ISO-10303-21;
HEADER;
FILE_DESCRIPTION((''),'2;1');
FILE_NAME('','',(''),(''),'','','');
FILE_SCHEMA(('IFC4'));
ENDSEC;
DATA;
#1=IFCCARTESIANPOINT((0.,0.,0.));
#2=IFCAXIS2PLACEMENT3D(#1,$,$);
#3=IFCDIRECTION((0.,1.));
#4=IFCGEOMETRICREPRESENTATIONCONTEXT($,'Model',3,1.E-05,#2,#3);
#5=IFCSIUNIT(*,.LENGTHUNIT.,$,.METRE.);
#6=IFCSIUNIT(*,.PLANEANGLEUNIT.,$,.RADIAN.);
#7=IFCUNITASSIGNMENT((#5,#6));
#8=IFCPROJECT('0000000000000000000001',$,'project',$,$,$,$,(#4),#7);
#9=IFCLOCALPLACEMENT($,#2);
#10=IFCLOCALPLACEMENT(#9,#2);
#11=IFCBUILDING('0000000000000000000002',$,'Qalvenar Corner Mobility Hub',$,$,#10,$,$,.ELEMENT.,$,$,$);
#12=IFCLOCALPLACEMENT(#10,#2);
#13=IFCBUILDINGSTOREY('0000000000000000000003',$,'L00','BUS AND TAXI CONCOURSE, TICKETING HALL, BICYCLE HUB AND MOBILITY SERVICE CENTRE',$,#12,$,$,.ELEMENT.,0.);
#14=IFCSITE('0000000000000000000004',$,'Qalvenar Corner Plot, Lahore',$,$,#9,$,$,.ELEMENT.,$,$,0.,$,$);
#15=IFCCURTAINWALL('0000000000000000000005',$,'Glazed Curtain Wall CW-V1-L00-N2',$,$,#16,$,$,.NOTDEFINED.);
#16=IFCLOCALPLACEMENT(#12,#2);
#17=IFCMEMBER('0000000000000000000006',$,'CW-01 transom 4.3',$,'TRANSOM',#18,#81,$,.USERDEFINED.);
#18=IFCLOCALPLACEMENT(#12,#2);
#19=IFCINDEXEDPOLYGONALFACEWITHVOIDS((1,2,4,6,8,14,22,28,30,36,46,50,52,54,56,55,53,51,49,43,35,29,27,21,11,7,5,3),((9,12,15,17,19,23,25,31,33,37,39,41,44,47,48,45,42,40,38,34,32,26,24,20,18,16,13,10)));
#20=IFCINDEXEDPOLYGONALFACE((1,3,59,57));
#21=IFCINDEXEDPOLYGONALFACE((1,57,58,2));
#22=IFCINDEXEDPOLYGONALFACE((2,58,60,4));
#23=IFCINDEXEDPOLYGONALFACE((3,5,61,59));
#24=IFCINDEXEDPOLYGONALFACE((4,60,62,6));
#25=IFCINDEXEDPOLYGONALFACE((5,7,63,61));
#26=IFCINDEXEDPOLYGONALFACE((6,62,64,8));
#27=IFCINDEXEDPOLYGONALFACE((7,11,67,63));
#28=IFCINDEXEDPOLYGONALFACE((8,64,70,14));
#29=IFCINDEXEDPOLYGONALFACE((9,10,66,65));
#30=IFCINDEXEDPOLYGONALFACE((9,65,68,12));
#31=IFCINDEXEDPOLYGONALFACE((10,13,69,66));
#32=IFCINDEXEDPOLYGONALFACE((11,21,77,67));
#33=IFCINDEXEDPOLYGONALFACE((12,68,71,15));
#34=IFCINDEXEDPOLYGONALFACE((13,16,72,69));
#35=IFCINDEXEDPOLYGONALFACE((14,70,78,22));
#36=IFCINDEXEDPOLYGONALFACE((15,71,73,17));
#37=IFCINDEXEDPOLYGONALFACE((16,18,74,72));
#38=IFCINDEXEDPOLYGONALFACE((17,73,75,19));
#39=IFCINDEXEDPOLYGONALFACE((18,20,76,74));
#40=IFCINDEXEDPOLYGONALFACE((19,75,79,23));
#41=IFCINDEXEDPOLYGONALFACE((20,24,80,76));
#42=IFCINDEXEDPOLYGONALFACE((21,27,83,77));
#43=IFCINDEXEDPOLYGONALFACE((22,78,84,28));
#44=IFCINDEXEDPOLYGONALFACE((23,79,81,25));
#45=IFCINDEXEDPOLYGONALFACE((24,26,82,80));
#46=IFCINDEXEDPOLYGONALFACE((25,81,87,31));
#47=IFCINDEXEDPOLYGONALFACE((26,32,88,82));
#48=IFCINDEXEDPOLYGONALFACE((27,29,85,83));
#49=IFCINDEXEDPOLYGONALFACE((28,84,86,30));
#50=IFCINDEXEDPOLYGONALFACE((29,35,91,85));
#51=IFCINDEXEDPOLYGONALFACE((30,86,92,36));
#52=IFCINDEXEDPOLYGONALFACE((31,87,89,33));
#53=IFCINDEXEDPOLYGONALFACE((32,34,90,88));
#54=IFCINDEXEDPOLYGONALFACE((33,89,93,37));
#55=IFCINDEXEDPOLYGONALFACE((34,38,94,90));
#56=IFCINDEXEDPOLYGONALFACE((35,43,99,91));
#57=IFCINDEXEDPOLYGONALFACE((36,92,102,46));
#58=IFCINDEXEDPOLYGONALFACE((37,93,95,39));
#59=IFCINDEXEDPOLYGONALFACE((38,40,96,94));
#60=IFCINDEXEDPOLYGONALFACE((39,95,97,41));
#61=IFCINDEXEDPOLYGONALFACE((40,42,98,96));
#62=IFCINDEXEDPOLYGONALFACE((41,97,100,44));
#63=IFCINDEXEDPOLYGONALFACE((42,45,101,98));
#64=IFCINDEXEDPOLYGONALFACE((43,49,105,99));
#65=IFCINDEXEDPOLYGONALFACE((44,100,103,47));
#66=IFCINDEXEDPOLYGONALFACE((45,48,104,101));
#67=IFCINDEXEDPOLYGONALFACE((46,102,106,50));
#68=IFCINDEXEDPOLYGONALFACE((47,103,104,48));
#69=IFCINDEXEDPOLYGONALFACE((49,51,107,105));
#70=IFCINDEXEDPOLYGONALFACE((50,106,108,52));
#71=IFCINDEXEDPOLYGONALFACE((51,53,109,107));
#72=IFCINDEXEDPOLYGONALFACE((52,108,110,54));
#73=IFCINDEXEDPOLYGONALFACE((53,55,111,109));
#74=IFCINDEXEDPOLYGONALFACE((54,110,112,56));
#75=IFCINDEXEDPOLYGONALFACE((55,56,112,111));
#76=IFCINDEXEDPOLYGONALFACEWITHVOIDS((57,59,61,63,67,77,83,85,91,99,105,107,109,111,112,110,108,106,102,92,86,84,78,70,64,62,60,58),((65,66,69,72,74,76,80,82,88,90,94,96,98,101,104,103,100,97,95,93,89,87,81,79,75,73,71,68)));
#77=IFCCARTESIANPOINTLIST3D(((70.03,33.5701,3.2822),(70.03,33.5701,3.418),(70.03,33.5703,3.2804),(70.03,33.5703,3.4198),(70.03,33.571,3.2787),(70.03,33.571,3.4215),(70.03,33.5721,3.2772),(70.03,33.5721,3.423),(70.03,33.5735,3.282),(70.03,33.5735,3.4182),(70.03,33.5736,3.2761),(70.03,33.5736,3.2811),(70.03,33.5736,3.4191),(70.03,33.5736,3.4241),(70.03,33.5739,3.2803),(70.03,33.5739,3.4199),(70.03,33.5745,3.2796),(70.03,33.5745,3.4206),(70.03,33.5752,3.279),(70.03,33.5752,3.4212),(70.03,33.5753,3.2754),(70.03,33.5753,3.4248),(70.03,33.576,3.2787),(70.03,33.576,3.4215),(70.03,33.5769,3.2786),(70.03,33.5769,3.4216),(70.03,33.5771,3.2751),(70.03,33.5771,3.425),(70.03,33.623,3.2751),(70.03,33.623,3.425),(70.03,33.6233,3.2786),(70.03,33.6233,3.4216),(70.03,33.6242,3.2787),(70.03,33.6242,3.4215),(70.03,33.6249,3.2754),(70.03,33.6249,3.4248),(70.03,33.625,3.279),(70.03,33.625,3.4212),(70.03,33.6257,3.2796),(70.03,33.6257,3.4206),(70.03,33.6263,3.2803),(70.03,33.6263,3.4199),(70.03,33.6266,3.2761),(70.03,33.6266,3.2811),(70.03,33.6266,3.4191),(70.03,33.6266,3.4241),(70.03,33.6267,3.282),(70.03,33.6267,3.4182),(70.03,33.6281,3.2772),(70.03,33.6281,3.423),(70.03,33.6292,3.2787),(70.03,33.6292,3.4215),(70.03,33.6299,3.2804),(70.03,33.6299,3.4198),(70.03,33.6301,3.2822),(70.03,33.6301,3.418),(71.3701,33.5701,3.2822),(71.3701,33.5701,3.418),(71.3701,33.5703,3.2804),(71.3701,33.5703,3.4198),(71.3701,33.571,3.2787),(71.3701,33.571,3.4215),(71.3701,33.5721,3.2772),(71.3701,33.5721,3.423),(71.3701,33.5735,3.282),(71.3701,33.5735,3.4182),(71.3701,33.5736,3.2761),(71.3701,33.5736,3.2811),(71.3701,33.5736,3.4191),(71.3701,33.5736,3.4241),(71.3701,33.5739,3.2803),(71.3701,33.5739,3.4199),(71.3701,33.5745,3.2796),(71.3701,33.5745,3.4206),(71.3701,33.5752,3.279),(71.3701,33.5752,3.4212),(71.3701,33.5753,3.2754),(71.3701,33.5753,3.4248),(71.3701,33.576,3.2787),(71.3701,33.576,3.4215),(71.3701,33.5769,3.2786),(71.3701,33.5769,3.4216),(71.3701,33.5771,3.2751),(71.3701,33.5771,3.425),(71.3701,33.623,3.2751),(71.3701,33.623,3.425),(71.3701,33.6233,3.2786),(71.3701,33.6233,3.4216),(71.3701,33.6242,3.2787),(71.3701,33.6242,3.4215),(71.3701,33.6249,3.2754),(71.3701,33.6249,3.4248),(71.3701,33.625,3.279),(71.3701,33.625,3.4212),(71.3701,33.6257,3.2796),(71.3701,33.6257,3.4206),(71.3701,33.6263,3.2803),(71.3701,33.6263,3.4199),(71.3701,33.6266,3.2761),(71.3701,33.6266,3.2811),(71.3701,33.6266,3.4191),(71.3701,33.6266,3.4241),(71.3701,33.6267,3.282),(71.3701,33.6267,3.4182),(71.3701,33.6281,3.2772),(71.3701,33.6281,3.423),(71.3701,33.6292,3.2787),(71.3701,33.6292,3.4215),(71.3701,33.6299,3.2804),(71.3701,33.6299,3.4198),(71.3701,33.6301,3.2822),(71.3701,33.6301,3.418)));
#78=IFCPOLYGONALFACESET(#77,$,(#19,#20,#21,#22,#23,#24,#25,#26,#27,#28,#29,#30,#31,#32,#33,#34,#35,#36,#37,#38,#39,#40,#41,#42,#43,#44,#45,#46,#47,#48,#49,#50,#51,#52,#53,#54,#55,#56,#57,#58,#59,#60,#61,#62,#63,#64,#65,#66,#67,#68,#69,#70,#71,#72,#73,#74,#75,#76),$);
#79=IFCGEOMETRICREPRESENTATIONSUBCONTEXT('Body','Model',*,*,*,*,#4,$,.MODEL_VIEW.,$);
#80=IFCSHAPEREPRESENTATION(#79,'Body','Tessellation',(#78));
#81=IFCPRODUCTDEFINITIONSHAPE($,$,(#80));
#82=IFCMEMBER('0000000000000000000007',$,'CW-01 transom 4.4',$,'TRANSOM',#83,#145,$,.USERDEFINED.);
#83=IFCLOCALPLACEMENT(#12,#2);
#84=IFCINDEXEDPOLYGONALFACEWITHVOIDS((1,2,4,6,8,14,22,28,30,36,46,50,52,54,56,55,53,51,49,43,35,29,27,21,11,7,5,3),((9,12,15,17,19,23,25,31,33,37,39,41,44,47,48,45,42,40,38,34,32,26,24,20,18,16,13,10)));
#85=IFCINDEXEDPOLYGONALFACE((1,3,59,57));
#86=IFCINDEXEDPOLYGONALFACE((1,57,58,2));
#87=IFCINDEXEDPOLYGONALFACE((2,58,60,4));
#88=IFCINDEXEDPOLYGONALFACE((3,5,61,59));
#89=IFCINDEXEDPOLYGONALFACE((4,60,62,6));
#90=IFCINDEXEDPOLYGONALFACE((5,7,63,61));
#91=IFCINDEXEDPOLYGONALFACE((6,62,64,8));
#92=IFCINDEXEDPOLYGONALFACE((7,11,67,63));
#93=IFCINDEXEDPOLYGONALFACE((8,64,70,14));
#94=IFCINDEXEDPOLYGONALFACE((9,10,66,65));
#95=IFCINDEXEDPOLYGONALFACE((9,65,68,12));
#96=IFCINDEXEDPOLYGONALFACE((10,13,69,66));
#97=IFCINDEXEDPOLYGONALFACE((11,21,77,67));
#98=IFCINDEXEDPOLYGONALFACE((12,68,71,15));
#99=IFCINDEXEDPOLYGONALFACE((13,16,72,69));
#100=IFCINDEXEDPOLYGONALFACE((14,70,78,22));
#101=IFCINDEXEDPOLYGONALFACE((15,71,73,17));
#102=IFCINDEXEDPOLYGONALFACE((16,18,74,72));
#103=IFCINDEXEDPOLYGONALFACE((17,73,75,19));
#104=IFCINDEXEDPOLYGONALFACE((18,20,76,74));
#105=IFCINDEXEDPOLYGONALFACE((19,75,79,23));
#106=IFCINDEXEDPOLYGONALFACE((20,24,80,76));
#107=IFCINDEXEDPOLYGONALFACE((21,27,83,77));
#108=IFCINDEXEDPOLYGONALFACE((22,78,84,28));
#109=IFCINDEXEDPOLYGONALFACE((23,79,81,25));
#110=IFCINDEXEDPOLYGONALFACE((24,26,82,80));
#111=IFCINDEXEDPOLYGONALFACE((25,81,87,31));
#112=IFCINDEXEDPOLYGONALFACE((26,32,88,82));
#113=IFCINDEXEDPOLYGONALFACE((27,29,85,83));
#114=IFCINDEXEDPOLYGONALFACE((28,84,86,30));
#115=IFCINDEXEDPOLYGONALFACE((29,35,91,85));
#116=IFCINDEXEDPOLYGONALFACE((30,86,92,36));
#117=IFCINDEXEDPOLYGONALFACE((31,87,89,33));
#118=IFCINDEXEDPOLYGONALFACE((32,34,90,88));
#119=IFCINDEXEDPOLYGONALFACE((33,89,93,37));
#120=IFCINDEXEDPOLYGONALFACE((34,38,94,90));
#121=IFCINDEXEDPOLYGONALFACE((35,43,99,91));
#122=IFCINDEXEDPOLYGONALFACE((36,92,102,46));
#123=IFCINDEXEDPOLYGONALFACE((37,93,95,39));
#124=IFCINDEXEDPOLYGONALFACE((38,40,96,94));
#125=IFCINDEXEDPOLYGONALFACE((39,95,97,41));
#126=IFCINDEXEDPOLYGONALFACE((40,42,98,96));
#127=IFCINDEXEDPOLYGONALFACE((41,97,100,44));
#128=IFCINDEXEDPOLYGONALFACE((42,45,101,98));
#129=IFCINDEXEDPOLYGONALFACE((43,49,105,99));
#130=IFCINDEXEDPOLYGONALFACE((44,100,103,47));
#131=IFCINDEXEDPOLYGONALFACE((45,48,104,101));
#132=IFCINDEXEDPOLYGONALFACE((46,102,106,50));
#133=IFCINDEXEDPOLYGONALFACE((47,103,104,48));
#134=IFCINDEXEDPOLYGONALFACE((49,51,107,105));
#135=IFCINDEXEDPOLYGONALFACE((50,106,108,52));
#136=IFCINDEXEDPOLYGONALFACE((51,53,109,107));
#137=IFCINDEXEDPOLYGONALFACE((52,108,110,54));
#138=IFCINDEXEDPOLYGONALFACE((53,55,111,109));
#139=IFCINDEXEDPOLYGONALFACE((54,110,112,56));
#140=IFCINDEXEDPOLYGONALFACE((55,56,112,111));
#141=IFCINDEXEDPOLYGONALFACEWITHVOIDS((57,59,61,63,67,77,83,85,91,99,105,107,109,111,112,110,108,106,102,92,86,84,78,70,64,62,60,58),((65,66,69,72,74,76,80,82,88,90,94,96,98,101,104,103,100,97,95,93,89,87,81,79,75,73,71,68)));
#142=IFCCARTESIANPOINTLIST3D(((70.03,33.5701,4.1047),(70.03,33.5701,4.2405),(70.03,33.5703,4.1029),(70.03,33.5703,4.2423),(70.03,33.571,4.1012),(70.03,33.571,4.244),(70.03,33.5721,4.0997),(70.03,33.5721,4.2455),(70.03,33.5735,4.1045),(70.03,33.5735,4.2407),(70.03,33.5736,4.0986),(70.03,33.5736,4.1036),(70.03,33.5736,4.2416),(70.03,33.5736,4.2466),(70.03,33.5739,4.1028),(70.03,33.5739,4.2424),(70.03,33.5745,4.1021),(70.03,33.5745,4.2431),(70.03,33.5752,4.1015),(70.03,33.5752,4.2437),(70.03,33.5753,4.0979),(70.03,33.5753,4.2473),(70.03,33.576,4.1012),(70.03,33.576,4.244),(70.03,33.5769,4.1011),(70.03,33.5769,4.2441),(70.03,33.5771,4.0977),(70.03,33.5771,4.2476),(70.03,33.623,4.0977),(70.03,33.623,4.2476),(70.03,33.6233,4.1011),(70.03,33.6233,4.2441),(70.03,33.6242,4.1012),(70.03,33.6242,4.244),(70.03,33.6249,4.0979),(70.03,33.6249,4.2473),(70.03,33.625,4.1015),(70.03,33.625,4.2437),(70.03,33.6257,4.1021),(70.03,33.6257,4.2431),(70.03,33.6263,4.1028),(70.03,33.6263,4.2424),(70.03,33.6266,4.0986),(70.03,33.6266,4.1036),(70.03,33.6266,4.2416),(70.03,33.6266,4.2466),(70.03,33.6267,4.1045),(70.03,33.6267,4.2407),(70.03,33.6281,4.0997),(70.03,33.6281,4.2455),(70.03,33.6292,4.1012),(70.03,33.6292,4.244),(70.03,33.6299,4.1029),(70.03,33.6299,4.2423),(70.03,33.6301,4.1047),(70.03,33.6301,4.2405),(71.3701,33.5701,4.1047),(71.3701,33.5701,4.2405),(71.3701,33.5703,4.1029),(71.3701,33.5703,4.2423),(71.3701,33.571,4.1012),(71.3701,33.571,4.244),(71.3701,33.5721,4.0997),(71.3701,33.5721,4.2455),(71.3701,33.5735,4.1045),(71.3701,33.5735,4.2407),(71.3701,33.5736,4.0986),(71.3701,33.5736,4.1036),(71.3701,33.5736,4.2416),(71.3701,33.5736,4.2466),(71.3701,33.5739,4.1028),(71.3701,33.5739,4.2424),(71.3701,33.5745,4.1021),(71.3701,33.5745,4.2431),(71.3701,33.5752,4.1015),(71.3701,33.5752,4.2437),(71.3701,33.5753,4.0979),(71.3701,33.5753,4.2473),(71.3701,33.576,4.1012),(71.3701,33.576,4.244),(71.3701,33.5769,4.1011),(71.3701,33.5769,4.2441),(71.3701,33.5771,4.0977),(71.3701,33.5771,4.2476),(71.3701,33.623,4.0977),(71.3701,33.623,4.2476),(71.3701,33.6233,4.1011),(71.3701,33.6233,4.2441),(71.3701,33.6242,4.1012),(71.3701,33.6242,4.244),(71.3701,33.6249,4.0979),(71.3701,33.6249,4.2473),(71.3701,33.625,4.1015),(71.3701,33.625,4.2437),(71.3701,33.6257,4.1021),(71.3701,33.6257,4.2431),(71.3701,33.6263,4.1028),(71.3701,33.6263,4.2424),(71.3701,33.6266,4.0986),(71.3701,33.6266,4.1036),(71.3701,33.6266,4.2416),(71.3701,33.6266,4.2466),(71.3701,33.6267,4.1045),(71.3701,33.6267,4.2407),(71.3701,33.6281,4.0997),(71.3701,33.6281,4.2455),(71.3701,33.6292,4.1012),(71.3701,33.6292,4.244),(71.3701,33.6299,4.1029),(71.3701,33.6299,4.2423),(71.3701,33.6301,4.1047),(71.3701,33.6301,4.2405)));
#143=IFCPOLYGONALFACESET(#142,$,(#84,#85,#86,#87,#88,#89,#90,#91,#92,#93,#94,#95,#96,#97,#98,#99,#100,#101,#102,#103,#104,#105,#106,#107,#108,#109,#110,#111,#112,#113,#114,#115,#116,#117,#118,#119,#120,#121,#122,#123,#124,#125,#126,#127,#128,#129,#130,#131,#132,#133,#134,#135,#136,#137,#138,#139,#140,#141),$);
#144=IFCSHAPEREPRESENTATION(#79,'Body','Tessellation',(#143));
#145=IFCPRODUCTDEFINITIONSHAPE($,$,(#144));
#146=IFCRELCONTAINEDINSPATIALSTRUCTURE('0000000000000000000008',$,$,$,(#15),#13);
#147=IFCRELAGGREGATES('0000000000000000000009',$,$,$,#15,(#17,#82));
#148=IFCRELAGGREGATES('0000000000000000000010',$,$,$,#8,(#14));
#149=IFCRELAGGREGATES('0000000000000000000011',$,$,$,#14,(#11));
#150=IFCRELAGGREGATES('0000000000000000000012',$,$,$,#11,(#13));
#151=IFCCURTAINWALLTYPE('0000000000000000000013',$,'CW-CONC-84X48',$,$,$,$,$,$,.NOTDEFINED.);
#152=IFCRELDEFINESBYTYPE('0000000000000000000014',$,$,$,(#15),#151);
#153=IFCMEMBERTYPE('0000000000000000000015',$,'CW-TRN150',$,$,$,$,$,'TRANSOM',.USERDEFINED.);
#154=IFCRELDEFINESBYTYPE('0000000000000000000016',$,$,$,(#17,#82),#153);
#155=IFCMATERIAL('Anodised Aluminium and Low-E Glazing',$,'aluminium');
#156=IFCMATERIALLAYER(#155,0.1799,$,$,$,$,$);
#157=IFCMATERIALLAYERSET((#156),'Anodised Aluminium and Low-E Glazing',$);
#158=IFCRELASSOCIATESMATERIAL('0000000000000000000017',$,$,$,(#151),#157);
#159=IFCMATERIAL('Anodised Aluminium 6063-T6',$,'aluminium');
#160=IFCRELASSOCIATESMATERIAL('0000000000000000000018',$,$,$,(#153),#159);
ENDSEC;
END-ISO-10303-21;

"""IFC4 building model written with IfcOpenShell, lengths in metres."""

from ifc_helpers import new_model, si_unit, direction, frame, origin, origin_2d, place, context, subcontext, project, spatial, hollow_rectangle, extrude, material, layer, layer_set, material_profile, profile_set, type_object, element, aggregate, save


model = new_model("IFC4")

# Units and contexts
model_context = context("Model", 3, precision=1e-05, world=origin(), true_north=direction((0.0, 1.0)))
body_context = subcontext(model_context, "Body", "Model", "MODEL_VIEW")
ifc_project = project(units=[si_unit("LENGTHUNIT", "METRE"), si_unit("PLANEANGLEUNIT", "RADIAN")], contexts=[model_context])

# Site, building, storey
site_placement = place(None, origin())
site = spatial("IfcSite", under=ifc_project, at=site_placement, Name="Qalvenar Corner Plot, Lahore", CompositionType="ELEMENT", RefElevation=0.0)
building_placement = place(site_placement, origin())
building = spatial("IfcBuilding", under=site, at=building_placement, Name="Qalvenar Corner Mobility Hub", CompositionType="ELEMENT")
storey_placement = place(building_placement, origin())
storey = spatial("IfcBuildingStorey", under=building, at=storey_placement, Name="L00", Description="BUS AND TAXI CONCOURSE, TICKETING HALL, BICYCLE HUB AND MOBILITY SERVICE CENTRE", CompositionType="ELEMENT", Elevation=0.0)

# Curtain wall, members
ifc_material_1 = material(Name="Anodised Aluminium and Low-E Glazing", Category="aluminium")
ifc_layer_1 = layer(ifc_material_1, 0.1799)
ifc_layer_set_1 = layer_set([ifc_layer_1], Name="Anodised Aluminium and Low-E Glazing")
curtain_wall_type = type_object("IfcCurtainWallType", Name="CW-CONC-84X48", PredefinedType="NOTDEFINED", material=ifc_layer_set_1)
curtain_wall_placement = place(storey_placement, origin())
curtain_wall = element("IfcCurtainWall", 1, at=curtain_wall_placement, inside=storey, type_object=curtain_wall_type, Name="Glazed Curtain Wall CW-V1-L00-N2", PredefinedType="NOTDEFINED")
ifc_material_2 = material(Name="Anodised Aluminium 6063-T6", Category="aluminium")
ifc_material_profile_1 = material_profile(ifc_material_2, hollow_rectangle(XDim=0.0601, YDim=0.1499, WallThickness=0.0034, InnerFilletRadius=0.0034, OuterFilletRadius=0.0071, at=origin_2d()), Name="RHS150x60x3.5")
ifc_profile_set_1 = profile_set([ifc_material_profile_1], Name="Anodised Aluminium 6063-T6")
member_type_1 = type_object("IfcMemberType", Name="CW-TRN150", ElementType="TRANSOM", PredefinedType="USERDEFINED", material=ifc_profile_set_1)
member_1_placement = place(storey_placement, frame((71.3701, 33.6001, 3.3501), z_axis=(-1.0, 0.0, 0.0), x_axis=(0.0, -1.0, 0.0)))
member_1 = element("IfcMember", 2, at=member_1_placement, type_object=member_type_1, Name="CW-01 transom 4.3", ObjectType="TRANSOM", PredefinedType="USERDEFINED", context=body_context, shape_type="SweptSolid", body=[
    extrude(hollow_rectangle(XDim=0.0601, YDim=0.1499, WallThickness=0.0034, InnerFilletRadius=0.0034, OuterFilletRadius=0.0071, at=origin_2d()), origin(), (0.0, 0.0, 1.0), 1.3401),
])
member_2_placement = place(storey_placement, frame((71.3701, 33.6001, 4.1726), z_axis=(-1.0, 0.0, 0.0), x_axis=(0.0, -1.0, 0.0)))
member_2 = element("IfcMember", 3, at=member_2_placement, type_object=member_type_1, Name="CW-01 transom 4.4", ObjectType="TRANSOM", PredefinedType="USERDEFINED", context=body_context, shape_type="SweptSolid", body=[
    extrude(hollow_rectangle(XDim=0.0601, YDim=0.1499, WallThickness=0.0034, InnerFilletRadius=0.0034, OuterFilletRadius=0.0071, at=origin_2d()), origin(), (0.0, 0.0, 1.0), 1.3401),
])
aggregate(curtain_wall, [member_1, member_2])

save(model, "model.ifc")
